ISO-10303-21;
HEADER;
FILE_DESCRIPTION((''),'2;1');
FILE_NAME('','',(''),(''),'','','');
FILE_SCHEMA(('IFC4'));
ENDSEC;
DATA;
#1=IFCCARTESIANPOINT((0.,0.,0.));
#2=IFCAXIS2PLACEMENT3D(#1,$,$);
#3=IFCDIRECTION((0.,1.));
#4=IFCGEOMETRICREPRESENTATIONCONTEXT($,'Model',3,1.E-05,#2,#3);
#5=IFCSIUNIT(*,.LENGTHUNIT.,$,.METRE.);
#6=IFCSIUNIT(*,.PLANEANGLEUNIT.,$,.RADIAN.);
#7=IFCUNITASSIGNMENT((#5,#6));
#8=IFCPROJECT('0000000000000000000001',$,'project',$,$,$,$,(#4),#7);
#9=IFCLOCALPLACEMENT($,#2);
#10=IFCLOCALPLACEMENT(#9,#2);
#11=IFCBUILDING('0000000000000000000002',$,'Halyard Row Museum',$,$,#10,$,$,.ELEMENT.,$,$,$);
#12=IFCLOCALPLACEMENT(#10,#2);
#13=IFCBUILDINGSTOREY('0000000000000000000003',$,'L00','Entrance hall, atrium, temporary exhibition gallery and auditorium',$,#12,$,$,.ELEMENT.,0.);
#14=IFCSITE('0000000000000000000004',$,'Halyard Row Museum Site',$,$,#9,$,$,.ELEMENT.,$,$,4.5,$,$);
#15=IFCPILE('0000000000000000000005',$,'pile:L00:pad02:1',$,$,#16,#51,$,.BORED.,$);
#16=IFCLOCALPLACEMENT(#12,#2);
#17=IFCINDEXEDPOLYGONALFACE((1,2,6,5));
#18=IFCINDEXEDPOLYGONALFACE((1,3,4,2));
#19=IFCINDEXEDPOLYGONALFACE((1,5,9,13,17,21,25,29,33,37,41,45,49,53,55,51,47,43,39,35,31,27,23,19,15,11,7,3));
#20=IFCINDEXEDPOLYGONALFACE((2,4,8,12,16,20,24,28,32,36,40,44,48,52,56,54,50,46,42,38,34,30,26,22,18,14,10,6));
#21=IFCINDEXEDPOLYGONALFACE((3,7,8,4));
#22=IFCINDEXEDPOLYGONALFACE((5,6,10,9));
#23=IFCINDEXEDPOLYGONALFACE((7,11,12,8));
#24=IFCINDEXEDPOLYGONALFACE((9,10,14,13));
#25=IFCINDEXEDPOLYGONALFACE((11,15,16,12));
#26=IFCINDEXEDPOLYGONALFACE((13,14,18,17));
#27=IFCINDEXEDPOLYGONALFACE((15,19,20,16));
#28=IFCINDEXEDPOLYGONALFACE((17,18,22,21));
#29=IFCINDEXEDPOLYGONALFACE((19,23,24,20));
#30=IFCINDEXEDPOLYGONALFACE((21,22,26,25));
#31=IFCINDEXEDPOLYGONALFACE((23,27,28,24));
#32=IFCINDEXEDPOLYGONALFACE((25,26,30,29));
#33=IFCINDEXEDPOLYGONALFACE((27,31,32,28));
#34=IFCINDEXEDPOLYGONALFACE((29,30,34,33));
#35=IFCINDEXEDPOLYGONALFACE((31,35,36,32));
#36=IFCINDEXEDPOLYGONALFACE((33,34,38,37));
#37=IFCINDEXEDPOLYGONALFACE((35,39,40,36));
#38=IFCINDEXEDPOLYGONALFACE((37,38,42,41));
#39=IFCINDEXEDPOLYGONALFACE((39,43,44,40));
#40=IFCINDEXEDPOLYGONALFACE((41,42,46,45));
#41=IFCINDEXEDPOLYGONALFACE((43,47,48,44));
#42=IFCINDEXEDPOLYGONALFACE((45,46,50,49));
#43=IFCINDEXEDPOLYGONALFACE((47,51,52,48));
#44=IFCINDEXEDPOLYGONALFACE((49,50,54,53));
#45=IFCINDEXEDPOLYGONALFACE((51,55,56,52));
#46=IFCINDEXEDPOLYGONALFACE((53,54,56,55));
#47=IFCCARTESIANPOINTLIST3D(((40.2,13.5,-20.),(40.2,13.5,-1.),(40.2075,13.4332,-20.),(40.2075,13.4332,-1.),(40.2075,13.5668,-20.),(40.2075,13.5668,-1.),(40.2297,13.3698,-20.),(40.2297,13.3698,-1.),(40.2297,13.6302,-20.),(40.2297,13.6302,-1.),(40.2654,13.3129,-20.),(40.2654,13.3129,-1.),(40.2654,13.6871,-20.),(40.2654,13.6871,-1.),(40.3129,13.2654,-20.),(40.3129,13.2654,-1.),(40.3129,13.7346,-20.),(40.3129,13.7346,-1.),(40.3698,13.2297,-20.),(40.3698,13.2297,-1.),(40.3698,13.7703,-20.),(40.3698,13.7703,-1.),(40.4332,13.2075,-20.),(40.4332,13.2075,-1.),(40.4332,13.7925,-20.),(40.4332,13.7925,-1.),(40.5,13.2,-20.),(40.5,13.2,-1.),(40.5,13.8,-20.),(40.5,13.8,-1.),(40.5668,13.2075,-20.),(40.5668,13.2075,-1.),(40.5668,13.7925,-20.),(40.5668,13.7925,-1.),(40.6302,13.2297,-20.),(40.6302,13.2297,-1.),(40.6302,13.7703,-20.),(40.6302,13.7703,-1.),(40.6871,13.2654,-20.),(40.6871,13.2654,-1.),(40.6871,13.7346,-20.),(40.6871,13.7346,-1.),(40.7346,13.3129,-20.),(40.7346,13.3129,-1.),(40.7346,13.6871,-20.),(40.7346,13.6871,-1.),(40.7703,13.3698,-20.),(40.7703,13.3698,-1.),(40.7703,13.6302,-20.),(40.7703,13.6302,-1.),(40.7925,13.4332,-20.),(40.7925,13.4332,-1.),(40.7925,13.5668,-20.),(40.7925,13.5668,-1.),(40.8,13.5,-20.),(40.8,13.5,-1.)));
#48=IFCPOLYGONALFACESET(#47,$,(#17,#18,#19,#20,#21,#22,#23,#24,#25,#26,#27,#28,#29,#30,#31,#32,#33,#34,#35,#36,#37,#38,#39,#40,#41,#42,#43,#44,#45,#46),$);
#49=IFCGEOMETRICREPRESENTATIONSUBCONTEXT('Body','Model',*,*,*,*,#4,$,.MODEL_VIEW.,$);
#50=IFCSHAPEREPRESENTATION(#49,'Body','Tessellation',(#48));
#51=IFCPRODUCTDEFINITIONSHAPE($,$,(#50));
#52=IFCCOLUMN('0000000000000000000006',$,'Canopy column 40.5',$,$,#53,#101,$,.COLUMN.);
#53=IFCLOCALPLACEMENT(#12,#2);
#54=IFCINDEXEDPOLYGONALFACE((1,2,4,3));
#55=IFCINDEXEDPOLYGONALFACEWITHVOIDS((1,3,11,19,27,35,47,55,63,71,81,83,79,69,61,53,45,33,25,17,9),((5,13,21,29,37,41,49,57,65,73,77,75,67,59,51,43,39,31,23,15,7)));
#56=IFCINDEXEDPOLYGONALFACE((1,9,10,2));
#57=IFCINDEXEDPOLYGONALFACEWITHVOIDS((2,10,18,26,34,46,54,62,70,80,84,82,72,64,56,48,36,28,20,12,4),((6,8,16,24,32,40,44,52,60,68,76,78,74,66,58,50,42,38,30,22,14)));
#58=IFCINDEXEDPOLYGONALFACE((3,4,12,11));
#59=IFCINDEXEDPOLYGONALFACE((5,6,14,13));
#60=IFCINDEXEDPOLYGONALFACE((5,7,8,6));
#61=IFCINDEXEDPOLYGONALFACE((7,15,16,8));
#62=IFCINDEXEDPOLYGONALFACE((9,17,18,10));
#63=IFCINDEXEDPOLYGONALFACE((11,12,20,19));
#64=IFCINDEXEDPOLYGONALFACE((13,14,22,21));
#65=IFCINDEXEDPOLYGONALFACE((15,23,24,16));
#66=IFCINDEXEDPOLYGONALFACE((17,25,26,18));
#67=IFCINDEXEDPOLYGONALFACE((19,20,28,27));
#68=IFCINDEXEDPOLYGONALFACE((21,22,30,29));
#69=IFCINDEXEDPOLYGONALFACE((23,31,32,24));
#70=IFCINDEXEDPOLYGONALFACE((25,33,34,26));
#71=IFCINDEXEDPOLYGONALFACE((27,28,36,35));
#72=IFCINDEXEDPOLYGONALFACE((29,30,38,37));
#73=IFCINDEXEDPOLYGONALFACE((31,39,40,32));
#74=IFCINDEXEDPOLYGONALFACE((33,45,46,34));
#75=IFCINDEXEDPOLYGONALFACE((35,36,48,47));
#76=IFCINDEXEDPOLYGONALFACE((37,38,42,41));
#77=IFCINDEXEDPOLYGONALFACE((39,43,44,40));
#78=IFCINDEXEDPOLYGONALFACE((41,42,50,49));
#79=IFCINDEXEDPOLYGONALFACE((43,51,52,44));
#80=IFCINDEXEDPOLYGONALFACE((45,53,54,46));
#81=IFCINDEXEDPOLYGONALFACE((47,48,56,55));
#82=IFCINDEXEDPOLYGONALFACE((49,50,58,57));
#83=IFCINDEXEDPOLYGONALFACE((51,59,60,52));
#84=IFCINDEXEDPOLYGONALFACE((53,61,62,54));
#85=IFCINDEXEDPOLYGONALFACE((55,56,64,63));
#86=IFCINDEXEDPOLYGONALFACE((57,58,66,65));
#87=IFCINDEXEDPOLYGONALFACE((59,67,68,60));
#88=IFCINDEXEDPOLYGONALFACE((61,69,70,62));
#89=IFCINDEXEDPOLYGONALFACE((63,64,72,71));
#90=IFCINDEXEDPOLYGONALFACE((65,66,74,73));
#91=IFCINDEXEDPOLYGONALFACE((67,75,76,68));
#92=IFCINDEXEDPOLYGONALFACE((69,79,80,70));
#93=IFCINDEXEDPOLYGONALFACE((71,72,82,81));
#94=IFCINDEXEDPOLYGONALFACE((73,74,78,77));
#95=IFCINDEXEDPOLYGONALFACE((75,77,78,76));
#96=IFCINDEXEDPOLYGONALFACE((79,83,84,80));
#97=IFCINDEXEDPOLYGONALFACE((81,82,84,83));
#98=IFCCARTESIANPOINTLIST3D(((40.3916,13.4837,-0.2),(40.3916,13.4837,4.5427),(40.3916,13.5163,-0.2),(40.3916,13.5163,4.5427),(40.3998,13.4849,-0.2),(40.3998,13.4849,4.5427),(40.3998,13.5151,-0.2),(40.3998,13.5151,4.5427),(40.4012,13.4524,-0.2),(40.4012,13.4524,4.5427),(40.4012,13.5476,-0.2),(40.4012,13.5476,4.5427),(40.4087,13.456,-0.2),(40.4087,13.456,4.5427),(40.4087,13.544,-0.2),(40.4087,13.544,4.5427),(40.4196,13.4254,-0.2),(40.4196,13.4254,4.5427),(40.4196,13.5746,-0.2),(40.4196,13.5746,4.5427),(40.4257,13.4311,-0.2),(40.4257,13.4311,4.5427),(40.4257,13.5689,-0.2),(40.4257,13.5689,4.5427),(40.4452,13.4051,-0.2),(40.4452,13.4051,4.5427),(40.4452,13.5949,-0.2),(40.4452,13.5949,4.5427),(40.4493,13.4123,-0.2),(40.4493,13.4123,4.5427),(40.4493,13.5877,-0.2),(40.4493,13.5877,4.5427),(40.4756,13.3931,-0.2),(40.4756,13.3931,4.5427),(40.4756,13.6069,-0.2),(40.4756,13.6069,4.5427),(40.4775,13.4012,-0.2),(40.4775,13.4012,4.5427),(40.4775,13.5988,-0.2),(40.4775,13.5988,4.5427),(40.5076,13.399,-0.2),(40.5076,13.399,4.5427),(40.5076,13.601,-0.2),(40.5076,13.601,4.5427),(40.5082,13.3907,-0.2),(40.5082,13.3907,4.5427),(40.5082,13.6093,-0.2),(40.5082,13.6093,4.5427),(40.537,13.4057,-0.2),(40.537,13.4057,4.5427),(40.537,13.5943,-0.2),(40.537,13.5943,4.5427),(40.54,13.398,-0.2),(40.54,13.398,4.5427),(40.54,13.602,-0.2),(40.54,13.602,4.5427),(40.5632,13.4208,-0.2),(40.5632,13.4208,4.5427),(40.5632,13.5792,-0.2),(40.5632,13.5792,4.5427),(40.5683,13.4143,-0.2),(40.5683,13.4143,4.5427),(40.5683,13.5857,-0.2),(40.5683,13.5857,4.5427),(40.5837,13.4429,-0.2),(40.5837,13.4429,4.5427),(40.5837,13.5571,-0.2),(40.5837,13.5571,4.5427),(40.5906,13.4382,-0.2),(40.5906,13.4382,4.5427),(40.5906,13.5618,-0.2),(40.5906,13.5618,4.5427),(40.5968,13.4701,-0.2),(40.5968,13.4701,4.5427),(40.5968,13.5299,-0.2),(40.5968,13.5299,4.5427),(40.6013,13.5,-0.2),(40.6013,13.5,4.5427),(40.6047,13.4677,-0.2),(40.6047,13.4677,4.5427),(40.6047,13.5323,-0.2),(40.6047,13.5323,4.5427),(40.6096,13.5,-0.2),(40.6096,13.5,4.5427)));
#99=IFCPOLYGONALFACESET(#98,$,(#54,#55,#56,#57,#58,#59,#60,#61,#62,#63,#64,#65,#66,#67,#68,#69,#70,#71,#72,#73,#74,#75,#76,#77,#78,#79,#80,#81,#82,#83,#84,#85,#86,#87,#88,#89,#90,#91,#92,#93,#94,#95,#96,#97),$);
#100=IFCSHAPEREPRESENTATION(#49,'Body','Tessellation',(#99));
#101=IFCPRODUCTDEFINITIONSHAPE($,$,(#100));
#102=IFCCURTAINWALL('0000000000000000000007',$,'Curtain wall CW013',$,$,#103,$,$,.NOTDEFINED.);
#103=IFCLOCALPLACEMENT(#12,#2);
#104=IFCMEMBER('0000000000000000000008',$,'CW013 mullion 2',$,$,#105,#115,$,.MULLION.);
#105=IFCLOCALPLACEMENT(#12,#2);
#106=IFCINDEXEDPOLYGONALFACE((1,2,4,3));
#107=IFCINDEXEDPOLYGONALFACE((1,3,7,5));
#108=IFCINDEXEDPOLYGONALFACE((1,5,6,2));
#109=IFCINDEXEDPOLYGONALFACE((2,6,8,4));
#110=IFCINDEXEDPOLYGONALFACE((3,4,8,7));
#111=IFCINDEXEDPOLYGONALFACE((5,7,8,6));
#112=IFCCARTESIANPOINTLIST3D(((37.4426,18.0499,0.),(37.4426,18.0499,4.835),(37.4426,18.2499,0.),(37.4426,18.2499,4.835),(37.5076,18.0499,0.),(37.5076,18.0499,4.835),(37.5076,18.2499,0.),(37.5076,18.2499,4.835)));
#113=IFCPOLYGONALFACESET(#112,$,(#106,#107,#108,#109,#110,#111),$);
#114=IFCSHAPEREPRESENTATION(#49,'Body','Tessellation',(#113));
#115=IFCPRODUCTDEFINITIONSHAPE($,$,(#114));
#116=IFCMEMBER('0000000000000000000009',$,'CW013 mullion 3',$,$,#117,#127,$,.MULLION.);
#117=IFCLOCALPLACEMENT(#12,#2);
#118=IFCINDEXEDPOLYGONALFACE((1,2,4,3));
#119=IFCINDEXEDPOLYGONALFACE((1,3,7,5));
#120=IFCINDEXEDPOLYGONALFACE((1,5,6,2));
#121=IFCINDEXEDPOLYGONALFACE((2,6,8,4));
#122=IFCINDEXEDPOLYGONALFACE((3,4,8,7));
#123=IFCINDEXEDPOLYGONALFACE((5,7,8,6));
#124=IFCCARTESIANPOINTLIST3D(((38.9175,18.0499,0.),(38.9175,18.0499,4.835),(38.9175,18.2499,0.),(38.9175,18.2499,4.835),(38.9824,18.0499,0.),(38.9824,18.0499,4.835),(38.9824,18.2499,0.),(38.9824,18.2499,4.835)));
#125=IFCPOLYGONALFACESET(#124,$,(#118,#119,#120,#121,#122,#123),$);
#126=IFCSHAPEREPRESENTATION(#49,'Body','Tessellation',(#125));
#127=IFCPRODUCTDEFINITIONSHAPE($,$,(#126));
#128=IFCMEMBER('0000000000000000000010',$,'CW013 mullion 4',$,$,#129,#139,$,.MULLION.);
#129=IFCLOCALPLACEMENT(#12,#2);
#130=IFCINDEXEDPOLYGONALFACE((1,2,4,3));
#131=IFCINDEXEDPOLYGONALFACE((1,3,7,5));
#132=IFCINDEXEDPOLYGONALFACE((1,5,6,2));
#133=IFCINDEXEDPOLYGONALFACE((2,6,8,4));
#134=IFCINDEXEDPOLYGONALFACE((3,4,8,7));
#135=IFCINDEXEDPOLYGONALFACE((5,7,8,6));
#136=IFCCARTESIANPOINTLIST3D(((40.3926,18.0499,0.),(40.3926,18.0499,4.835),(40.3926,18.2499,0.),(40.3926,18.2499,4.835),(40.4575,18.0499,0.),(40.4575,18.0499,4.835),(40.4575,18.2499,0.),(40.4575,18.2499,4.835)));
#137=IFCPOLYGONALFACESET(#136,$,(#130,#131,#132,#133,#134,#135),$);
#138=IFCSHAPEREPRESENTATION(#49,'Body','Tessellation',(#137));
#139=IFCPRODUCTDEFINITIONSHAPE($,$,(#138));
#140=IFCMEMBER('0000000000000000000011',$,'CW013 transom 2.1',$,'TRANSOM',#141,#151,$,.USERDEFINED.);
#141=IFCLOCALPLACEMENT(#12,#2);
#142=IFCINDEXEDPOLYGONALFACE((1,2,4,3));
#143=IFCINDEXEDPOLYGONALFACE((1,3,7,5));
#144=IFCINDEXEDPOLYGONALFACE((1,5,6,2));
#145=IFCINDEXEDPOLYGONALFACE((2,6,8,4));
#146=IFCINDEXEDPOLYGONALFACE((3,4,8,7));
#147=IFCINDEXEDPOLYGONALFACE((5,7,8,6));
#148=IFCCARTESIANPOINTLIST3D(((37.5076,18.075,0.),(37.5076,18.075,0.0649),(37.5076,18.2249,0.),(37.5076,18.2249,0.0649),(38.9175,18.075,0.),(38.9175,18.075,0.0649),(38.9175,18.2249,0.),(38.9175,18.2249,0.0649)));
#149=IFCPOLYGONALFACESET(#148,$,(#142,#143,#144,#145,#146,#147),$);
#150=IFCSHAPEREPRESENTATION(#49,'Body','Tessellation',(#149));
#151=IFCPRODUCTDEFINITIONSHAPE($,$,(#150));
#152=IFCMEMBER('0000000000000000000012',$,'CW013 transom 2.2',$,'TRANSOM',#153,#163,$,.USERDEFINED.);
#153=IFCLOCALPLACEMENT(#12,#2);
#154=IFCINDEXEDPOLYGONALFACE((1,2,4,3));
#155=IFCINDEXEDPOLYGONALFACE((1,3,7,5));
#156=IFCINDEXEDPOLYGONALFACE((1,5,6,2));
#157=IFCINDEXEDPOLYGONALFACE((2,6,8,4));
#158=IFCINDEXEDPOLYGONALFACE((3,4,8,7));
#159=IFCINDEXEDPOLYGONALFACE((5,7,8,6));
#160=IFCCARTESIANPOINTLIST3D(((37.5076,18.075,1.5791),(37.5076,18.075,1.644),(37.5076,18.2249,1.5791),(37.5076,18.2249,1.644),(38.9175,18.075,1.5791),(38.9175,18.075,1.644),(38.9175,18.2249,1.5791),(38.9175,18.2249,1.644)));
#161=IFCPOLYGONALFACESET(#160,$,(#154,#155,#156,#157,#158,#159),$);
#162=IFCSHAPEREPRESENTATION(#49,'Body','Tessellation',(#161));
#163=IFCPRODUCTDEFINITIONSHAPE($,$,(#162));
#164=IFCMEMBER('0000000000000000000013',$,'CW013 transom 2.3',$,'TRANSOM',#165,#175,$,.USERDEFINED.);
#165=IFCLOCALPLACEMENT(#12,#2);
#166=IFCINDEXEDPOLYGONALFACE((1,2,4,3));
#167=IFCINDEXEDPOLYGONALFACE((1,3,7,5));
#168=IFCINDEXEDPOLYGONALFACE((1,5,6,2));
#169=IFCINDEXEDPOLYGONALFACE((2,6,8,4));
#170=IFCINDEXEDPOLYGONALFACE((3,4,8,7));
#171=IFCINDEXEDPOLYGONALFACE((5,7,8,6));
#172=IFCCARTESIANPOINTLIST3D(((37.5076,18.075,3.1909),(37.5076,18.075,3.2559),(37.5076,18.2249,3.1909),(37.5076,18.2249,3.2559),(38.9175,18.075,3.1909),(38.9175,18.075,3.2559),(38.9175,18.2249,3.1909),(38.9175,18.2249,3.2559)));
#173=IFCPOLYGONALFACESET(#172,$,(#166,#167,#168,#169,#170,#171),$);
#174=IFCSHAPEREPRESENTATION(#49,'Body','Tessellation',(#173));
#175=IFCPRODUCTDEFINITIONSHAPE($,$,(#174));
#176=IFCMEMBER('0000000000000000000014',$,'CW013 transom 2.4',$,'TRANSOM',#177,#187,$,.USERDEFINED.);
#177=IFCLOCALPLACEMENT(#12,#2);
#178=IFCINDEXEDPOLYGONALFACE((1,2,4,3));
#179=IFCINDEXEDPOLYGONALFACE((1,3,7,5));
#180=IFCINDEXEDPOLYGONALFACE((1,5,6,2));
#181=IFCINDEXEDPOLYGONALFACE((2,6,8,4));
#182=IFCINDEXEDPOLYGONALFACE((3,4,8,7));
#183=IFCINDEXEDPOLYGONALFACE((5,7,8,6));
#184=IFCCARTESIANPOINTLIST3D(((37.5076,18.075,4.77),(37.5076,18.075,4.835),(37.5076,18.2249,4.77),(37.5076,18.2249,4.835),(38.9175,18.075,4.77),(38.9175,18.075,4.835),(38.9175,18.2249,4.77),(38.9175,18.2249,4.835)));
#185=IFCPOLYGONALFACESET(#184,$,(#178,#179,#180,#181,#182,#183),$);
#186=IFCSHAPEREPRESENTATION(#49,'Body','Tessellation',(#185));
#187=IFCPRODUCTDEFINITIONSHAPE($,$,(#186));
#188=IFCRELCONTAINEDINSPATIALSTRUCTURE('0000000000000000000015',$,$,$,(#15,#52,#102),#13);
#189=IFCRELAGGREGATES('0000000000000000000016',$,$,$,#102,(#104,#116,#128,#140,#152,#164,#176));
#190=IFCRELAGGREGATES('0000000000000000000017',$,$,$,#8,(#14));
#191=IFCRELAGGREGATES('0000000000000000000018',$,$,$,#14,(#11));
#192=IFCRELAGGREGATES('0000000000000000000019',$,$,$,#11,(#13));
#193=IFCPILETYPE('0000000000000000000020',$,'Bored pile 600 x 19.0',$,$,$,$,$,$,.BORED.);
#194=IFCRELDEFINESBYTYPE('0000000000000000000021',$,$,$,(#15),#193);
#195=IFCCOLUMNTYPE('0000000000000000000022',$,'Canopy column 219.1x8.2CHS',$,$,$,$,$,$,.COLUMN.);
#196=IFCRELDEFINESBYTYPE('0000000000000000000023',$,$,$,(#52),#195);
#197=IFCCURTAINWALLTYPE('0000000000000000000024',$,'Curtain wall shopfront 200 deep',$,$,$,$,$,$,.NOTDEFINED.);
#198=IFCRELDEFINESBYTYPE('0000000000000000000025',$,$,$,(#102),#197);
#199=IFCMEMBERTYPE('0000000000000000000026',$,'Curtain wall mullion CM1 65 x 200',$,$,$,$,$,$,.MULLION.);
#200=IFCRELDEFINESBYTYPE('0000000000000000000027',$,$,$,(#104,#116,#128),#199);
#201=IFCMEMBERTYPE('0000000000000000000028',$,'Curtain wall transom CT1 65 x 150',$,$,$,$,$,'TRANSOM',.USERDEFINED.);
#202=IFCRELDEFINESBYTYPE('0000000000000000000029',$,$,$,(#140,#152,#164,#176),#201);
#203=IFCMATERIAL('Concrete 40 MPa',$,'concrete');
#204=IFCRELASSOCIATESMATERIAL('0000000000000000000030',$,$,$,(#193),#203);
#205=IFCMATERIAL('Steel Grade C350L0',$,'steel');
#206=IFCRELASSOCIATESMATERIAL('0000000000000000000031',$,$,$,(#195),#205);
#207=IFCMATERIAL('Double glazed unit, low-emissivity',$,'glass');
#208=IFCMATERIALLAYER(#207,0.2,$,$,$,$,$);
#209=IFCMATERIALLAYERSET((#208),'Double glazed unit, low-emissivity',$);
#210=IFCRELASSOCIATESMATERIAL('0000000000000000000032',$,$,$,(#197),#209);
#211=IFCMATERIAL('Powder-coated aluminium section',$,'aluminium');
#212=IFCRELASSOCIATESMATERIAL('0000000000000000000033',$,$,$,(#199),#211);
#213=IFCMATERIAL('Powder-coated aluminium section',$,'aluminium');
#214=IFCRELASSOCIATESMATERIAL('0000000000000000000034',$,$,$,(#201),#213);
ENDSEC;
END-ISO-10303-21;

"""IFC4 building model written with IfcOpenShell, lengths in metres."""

from ifc_helpers import new_model, si_unit, direction, frame, origin, origin_2d, place, context, subcontext, project, spatial, rectangle, circle, hollow_circle, extrude, material, layer, layer_set, material_profile, profile_set, type_object, element, aggregate, save


model = new_model("IFC4")

# Units and contexts
model_context = context("Model", 3, precision=1e-05, world=origin(), true_north=direction((0.0, 1.0)))
body_context = subcontext(model_context, "Body", "Model", "MODEL_VIEW")
ifc_project = project(units=[si_unit("LENGTHUNIT", "METRE"), si_unit("PLANEANGLEUNIT", "RADIAN")], contexts=[model_context])

# Site, building, storey
site_placement = place(None, origin())
site = spatial("IfcSite", under=ifc_project, at=site_placement, Name="Halyard Row Museum Site", CompositionType="ELEMENT", RefElevation=4.5)
building_placement = place(site_placement, origin())
building = spatial("IfcBuilding", under=site, at=building_placement, Name="Halyard Row Museum", CompositionType="ELEMENT")
storey_placement = place(building_placement, origin())
storey = spatial("IfcBuildingStorey", under=building, at=storey_placement, Name="L00", Description="Entrance hall, atrium, temporary exhibition gallery and auditorium", CompositionType="ELEMENT", Elevation=0.0)

# Pile
ifc_material_1 = material(Name="Concrete 40 MPa", Category="concrete")
ifc_material_profile_1 = material_profile(ifc_material_1, circle(Radius=0.3, at=origin_2d()), Name="Bored pile 600 x 19.0")
ifc_profile_set_1 = profile_set([ifc_material_profile_1], Name="Concrete 40 MPa")
pile_type = type_object("IfcPileType", Name="Bored pile 600 x 19.0", PredefinedType="BORED", material=ifc_profile_set_1)
pile_placement = place(storey_placement, frame((40.5, 13.5, -1.0), z_axis=(0.0, 0.0, -1.0), x_axis=(1.0, 0.0, 0.0)))
element("IfcPile", 1, at=pile_placement, inside=storey, type_object=pile_type, Name="pile:L00:pad02:1", PredefinedType="BORED", context=body_context, shape_type="SweptSolid", body=[
    extrude(circle(Radius=0.3, at=origin_2d()), origin(), (0.0, 0.0, 1.0), 19.0),
])

# Column
ifc_material_2 = material(Name="Steel Grade C350L0", Category="steel")
ifc_material_profile_2 = material_profile(ifc_material_2, hollow_circle(Radius=0.1096, WallThickness=0.0083, at=origin_2d()), Name="219.1x8.2CHS")
ifc_profile_set_2 = profile_set([ifc_material_profile_2], Name="Steel Grade C350L0")
column_type = type_object("IfcColumnType", Name="Canopy column 219.1x8.2CHS", PredefinedType="COLUMN", material=ifc_profile_set_2)
column_placement = place(storey_placement, frame((40.5, 13.5, -0.2), z_axis=(0.0, 0.0, 1.0), x_axis=(1.0, 0.0, 0.0)))
element("IfcColumn", 2, at=column_placement, inside=storey, type_object=column_type, Name="Canopy column 40.5", PredefinedType="COLUMN", context=body_context, shape_type="SweptSolid", body=[
    extrude(hollow_circle(Radius=0.1096, WallThickness=0.0083, at=origin_2d()), origin(), (0.0, 0.0, 1.0), 4.7427),
])

# Curtain wall, members
ifc_material_3 = material(Name="Double glazed unit, low-emissivity", Category="glass")
ifc_layer_1 = layer(ifc_material_3, 0.2)
ifc_layer_set_1 = layer_set([ifc_layer_1], Name="Double glazed unit, low-emissivity")
curtain_wall_type = type_object("IfcCurtainWallType", Name="Curtain wall shopfront 200 deep", PredefinedType="NOTDEFINED", material=ifc_layer_set_1)
curtain_wall_placement = place(storey_placement, origin())
curtain_wall = element("IfcCurtainWall", 3, at=curtain_wall_placement, inside=storey, type_object=curtain_wall_type, Name="Curtain wall CW013", PredefinedType="NOTDEFINED")
ifc_material_4 = material(Name="Powder-coated aluminium section", Category="aluminium")
ifc_material_profile_3 = material_profile(ifc_material_4, rectangle(XDim=0.2, YDim=0.0649, at=origin_2d()), Name="200x65 mullion")
ifc_profile_set_3 = profile_set([ifc_material_profile_3], Name="Powder-coated aluminium section")
member_type_1 = type_object("IfcMemberType", Name="Curtain wall mullion CM1 65 x 200", PredefinedType="MULLION", material=ifc_profile_set_3)
member_1_placement = place(storey_placement, frame((37.4751, 18.1499, 0.0), z_axis=(0.0, 0.0, 1.0), x_axis=(0.0, 1.0, 0.0)))
member_1 = element("IfcMember", 4, at=member_1_placement, type_object=member_type_1, Name="CW013 mullion 2", PredefinedType="MULLION", context=body_context, shape_type="SweptSolid", body=[
    extrude(rectangle(XDim=0.2, YDim=0.0649, at=origin_2d()), origin(), (0.0, 0.0, 1.0), 4.835),
])
member_2_placement = place(storey_placement, frame((38.95, 18.1499, 0.0), z_axis=(0.0, 0.0, 1.0), x_axis=(0.0, 1.0, 0.0)))
member_2 = element("IfcMember", 5, at=member_2_placement, type_object=member_type_1, Name="CW013 mullion 3", PredefinedType="MULLION", context=body_context, shape_type="SweptSolid", body=[
    extrude(rectangle(XDim=0.2, YDim=0.0649, at=origin_2d()), origin(), (0.0, 0.0, 1.0), 4.835),
])
member_3_placement = place(storey_placement, frame((40.425, 18.1499, 0.0), z_axis=(0.0, 0.0, 1.0), x_axis=(0.0, 1.0, 0.0)))
member_3 = element("IfcMember", 6, at=member_3_placement, type_object=member_type_1, Name="CW013 mullion 4", PredefinedType="MULLION", context=body_context, shape_type="SweptSolid", body=[
    extrude(rectangle(XDim=0.2, YDim=0.0649, at=origin_2d()), origin(), (0.0, 0.0, 1.0), 4.835),
])
ifc_material_5 = material(Name="Powder-coated aluminium section", Category="aluminium")
ifc_material_profile_4 = material_profile(ifc_material_5, rectangle(XDim=0.1499, YDim=0.0649, at=origin_2d()), Name="150x65 transom")
ifc_profile_set_4 = profile_set([ifc_material_profile_4], Name="Powder-coated aluminium section")
member_type_2 = type_object("IfcMemberType", Name="Curtain wall transom CT1 65 x 150", ElementType="TRANSOM", PredefinedType="USERDEFINED", material=ifc_profile_set_4)
member_4_placement = place(storey_placement, frame((37.5076, 18.1499, 0.0325), z_axis=(1.0, 0.0, 0.0), x_axis=(0.0, 1.0, 0.0)))
member_4 = element("IfcMember", 7, at=member_4_placement, type_object=member_type_2, Name="CW013 transom 2.1", ObjectType="TRANSOM", PredefinedType="USERDEFINED", context=body_context, shape_type="SweptSolid", body=[
    extrude(rectangle(XDim=0.1499, YDim=0.0649, at=origin_2d()), origin(), (0.0, 0.0, 1.0), 1.4099),
])
member_5_placement = place(storey_placement, frame((37.5076, 18.1499, 1.6116), z_axis=(1.0, 0.0, 0.0), x_axis=(0.0, 1.0, 0.0)))
member_5 = element("IfcMember", 8, at=member_5_placement, type_object=member_type_2, Name="CW013 transom 2.2", ObjectType="TRANSOM", PredefinedType="USERDEFINED", context=body_context, shape_type="SweptSolid", body=[
    extrude(rectangle(XDim=0.1499, YDim=0.0649, at=origin_2d()), origin(), (0.0, 0.0, 1.0), 1.4099),
])
member_6_placement = place(storey_placement, frame((37.5076, 18.1499, 3.2234), z_axis=(1.0, 0.0, 0.0), x_axis=(0.0, 1.0, 0.0)))
member_6 = element("IfcMember", 9, at=member_6_placement, type_object=member_type_2, Name="CW013 transom 2.3", ObjectType="TRANSOM", PredefinedType="USERDEFINED", context=body_context, shape_type="SweptSolid", body=[
    extrude(rectangle(XDim=0.1499, YDim=0.0649, at=origin_2d()), origin(), (0.0, 0.0, 1.0), 1.4099),
])
member_7_placement = place(storey_placement, frame((37.5076, 18.1499, 4.8025), z_axis=(1.0, 0.0, 0.0), x_axis=(0.0, 1.0, 0.0)))
member_7 = element("IfcMember", 10, at=member_7_placement, type_object=member_type_2, Name="CW013 transom 2.4", ObjectType="TRANSOM", PredefinedType="USERDEFINED", context=body_context, shape_type="SweptSolid", body=[
    extrude(rectangle(XDim=0.1499, YDim=0.0649, at=origin_2d()), origin(), (0.0, 0.0, 1.0), 1.4099),
])

aggregate(curtain_wall, [member_1, member_2, member_3, member_4, member_5, member_6, member_7])

save(model, "model.ifc")
